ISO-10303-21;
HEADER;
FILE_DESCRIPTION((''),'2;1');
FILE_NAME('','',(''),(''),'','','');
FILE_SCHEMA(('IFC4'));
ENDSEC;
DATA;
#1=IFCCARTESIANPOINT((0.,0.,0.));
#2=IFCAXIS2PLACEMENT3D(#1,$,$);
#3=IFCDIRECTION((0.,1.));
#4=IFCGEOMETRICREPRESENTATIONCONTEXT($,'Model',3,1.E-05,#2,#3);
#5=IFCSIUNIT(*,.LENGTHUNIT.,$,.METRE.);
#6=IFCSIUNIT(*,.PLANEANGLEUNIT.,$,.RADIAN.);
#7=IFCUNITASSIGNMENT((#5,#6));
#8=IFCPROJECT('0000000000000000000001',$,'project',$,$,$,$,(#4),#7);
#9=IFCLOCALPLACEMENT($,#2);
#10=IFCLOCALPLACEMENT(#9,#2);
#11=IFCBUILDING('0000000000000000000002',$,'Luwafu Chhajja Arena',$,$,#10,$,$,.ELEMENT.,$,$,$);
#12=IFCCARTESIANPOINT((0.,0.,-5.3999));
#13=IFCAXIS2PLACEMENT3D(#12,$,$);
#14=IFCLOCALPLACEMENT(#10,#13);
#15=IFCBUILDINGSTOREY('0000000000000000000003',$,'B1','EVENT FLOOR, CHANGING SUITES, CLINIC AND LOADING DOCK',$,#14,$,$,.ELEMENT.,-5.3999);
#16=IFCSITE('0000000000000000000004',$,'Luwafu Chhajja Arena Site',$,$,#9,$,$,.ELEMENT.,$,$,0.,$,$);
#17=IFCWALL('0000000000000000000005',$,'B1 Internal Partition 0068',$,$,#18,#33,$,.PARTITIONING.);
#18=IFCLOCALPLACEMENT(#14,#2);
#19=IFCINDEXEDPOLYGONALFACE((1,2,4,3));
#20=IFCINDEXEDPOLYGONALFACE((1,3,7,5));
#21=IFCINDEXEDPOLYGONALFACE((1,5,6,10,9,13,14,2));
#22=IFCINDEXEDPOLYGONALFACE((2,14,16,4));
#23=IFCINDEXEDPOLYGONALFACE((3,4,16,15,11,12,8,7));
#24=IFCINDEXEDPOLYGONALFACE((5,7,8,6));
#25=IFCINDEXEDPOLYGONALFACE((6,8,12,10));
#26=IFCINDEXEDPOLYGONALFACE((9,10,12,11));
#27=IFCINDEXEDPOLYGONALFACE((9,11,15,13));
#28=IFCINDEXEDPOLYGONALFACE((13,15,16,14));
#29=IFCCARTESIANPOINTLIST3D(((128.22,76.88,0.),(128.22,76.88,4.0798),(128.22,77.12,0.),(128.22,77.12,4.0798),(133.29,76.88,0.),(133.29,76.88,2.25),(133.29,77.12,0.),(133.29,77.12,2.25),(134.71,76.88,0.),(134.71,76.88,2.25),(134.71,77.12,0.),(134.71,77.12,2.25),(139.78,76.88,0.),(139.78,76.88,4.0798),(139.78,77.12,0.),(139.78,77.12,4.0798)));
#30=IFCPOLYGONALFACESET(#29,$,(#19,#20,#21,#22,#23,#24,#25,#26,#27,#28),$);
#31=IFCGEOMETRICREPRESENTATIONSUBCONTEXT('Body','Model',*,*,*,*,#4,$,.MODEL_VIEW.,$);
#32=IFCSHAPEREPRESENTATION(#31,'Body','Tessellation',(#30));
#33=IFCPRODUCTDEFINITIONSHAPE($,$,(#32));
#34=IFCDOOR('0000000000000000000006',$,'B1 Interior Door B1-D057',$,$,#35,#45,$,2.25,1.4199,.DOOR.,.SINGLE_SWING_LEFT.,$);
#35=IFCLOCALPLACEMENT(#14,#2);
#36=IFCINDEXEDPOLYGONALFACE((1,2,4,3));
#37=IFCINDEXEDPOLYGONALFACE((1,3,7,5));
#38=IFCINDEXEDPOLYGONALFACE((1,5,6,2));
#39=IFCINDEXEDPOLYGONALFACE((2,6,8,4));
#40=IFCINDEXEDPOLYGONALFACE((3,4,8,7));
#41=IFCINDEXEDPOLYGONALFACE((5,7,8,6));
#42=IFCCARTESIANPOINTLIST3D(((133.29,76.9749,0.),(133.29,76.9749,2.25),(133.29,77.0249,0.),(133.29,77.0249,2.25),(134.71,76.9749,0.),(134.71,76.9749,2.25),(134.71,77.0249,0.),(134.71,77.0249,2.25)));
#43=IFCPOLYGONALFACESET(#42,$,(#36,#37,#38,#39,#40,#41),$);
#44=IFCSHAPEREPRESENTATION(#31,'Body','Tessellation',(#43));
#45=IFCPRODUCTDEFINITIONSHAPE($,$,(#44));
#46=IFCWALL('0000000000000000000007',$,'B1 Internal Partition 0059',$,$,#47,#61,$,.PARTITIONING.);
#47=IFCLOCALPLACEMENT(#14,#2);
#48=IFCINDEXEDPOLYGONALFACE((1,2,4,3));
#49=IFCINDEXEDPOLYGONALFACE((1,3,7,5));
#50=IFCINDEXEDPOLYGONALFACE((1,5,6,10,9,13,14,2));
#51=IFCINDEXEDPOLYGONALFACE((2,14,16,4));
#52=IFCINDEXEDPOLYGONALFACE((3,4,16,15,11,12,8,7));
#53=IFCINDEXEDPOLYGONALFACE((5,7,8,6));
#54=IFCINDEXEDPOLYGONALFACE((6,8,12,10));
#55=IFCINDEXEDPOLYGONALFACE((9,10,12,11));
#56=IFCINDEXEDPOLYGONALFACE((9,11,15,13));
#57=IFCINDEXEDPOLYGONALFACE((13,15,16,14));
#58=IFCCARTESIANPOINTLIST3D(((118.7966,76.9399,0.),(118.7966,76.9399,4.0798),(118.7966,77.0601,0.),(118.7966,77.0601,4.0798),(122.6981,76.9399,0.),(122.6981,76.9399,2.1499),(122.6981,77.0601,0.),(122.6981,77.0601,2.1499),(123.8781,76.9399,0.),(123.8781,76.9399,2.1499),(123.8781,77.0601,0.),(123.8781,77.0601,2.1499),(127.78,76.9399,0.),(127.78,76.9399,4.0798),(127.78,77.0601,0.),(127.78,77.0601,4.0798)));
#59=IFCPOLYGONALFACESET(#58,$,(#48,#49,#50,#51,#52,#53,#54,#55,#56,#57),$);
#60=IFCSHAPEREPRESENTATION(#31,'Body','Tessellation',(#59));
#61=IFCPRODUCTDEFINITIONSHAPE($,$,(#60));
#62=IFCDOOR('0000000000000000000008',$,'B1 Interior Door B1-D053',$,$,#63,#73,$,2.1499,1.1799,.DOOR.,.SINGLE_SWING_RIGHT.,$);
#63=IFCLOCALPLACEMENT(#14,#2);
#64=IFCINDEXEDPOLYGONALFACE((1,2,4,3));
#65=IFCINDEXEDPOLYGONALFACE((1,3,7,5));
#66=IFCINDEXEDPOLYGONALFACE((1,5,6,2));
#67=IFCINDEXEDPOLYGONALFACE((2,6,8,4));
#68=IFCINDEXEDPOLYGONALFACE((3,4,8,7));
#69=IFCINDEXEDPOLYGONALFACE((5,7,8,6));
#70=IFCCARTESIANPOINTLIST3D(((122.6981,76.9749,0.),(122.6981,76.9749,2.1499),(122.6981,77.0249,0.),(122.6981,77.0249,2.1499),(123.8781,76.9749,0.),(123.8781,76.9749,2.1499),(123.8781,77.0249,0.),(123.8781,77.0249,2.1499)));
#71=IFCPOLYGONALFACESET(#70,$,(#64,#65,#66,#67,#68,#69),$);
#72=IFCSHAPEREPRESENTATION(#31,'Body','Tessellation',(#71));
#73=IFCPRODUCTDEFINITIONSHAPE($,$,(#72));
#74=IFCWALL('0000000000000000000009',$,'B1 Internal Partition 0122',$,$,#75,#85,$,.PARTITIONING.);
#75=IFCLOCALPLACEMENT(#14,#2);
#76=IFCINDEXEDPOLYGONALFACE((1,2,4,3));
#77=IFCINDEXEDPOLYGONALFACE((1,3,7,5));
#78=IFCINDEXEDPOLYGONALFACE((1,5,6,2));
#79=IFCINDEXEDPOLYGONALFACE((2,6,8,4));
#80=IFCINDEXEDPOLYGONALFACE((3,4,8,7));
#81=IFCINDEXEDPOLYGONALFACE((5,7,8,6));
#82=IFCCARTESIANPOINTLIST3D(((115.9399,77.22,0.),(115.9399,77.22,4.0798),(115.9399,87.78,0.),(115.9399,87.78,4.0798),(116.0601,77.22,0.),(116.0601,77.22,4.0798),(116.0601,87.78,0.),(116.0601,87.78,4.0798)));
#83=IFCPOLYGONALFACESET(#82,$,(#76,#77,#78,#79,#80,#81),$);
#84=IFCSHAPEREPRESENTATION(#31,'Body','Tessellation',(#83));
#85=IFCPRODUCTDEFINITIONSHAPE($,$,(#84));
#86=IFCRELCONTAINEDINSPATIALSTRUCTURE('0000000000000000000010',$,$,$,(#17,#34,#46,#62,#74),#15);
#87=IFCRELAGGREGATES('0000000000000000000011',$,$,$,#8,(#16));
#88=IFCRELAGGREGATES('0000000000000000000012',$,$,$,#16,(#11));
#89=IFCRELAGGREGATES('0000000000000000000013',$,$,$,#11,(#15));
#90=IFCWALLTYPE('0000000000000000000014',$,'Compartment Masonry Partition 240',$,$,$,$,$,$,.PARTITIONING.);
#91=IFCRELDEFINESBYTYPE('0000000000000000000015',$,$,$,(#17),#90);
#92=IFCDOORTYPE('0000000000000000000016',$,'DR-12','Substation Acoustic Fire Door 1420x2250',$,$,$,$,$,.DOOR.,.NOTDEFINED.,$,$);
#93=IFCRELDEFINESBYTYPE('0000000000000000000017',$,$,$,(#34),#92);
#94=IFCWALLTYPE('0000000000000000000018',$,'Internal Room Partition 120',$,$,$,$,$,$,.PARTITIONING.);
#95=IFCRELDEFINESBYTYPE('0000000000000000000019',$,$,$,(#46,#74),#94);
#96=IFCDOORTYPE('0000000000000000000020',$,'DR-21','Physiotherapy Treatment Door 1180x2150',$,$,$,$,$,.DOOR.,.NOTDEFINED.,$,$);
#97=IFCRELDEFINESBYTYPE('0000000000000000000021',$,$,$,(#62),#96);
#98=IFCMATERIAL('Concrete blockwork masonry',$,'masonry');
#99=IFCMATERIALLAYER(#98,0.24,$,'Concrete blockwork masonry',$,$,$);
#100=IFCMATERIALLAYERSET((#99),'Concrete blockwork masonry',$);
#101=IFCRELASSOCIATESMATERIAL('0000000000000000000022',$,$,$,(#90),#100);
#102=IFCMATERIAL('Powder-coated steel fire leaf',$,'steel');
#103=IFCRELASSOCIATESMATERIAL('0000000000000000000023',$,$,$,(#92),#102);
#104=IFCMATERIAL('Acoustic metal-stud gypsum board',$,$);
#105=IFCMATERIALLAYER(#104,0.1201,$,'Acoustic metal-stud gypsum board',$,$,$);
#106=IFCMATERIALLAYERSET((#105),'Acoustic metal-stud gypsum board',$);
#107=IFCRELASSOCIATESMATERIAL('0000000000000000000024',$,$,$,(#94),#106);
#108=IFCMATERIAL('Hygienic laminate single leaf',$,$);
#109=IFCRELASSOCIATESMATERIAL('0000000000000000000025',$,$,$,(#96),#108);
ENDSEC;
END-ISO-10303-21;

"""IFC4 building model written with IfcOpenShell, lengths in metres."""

from ifc_helpers import new_model, si_unit, direction, frame, frame_2d, origin, place, context, subcontext, project, spatial, rectangle, extrude, material, layer, layer_set, type_object, element, fill, save


model = new_model("IFC4")

# Units and contexts
model_context = context("Model", 3, precision=1e-05, world=origin(), true_north=direction((0.0, 1.0)))
body_context = subcontext(model_context, "Body", "Model", "MODEL_VIEW")
ifc_project = project(units=[si_unit("LENGTHUNIT", "METRE"), si_unit("PLANEANGLEUNIT", "RADIAN")], contexts=[model_context])

# Site, building, storey
site_placement = place(None, origin())
site = spatial("IfcSite", under=ifc_project, at=site_placement, Name="Luwafu Chhajja Arena Site", CompositionType="ELEMENT", RefElevation=0.0)
building_placement = place(site_placement, origin())
building = spatial("IfcBuilding", under=site, at=building_placement, Name="Luwafu Chhajja Arena", CompositionType="ELEMENT")
storey_placement = place(building_placement, frame((0.0, 0.0, -5.3999)))
storey = spatial("IfcBuildingStorey", under=building, at=storey_placement, Name="B1", Description="EVENT FLOOR, CHANGING SUITES, CLINIC AND LOADING DOCK", CompositionType="ELEMENT", Elevation=-5.3999)

# Walls, openings, doors
ifc_material_1 = material(Name="Concrete blockwork masonry", Category="masonry")
ifc_layer_1 = layer(ifc_material_1, 0.24, Name="Concrete blockwork masonry")
ifc_layer_set_1 = layer_set([ifc_layer_1], Name="Concrete blockwork masonry")
wall_type_1 = type_object("IfcWallType", Name="Compartment Masonry Partition 240", PredefinedType="PARTITIONING", material=ifc_layer_set_1)
wall_1_placement = place(storey_placement, frame((128.22, 77.0, 0.0), z_axis=(0.0, 0.0, 1.0), x_axis=(1.0, 0.0, 0.0)))
wall_1 = element("IfcWall", 1, at=wall_1_placement, inside=storey, type_object=wall_type_1, Name="B1 Internal Partition 0068", PredefinedType="PARTITIONING", context=body_context, shape_type="SweptSolid", body=[
    extrude(rectangle(XDim=11.5601, YDim=0.24, at=frame_2d((5.78, 0.0))), origin(), (0.0, 0.0, 1.0), 4.0798),
])
opening_1_placement = place(wall_1_placement, frame((5.0701, 0.0, 0.0)))
opening_1 = element("IfcOpeningElement", 2, at=opening_1_placement, cuts=wall_1, PredefinedType="OPENING", context=body_context, shape_type="SweptSolid", body=[
    extrude(rectangle(XDim=1.4199, YDim=2.25, at=frame_2d((0.71, 1.125))), frame((0.0, 0.1299, 0.0), z_axis=(0.0, -1.0, 0.0), x_axis=(1.0, 0.0, 0.0)), (0.0, 0.0, 1.0), 0.26),
])
ifc_material_2 = material(Name="Powder-coated steel fire leaf", Category="steel")
door_type_1 = type_object("IfcDoorType", Name="DR-12", Description="Substation Acoustic Fire Door 1420x2250", OperationType="NOTDEFINED", PredefinedType="DOOR", material=ifc_material_2)
door_1_placement = place(opening_1_placement, origin())
door_1 = element("IfcDoor", 3, at=door_1_placement, inside=storey, type_object=door_type_1, Name="B1 Interior Door B1-D057", OperationType="SINGLE_SWING_LEFT", OverallHeight=2.25, OverallWidth=1.4199, PredefinedType="DOOR", context=body_context, shape_type="SweptSolid", body=[
    extrude(rectangle(XDim=1.4199, YDim=2.25, at=frame_2d((0.71, 1.125))), frame((0.0, 0.0249, 0.0), z_axis=(0.0, -1.0, 0.0), x_axis=(1.0, 0.0, 0.0)), (0.0, 0.0, 1.0), 0.05),
])
fill(opening_1, door_1)
ifc_material_3 = material(Name="Acoustic metal-stud gypsum board")
ifc_layer_2 = layer(ifc_material_3, 0.1201, Name="Acoustic metal-stud gypsum board")
ifc_layer_set_2 = layer_set([ifc_layer_2], Name="Acoustic metal-stud gypsum board")
wall_type_2 = type_object("IfcWallType", Name="Internal Room Partition 120", PredefinedType="PARTITIONING", material=ifc_layer_set_2)
wall_2_placement = place(storey_placement, frame((118.7966, 77.0, 0.0), z_axis=(0.0, 0.0, 1.0), x_axis=(1.0, 0.0, 0.0)))
wall_2 = element("IfcWall", 4, at=wall_2_placement, inside=storey, type_object=wall_type_2, Name="B1 Internal Partition 0059", PredefinedType="PARTITIONING", context=body_context, shape_type="SweptSolid", body=[
    extrude(rectangle(XDim=8.9834, YDim=0.1201, at=frame_2d((4.4917, 0.0))), origin(), (0.0, 0.0, 1.0), 4.0798),
])
opening_2_placement = place(wall_2_placement, frame((3.9016, 0.0, 0.0)))
opening_2 = element("IfcOpeningElement", 5, at=opening_2_placement, cuts=wall_2, PredefinedType="OPENING", context=body_context, shape_type="SweptSolid", body=[
    extrude(rectangle(XDim=1.1799, YDim=2.1499, at=frame_2d((0.5898, 1.075))), frame((0.0, 0.0701, 0.0), z_axis=(0.0, -1.0, 0.0), x_axis=(1.0, 0.0, 0.0)), (0.0, 0.0, 1.0), 0.1401),
])
ifc_material_4 = material(Name="Hygienic laminate single leaf")
door_type_2 = type_object("IfcDoorType", Name="DR-21", Description="Physiotherapy Treatment Door 1180x2150", OperationType="NOTDEFINED", PredefinedType="DOOR", material=ifc_material_4)
door_2_placement = place(opening_2_placement, origin())
door_2 = element("IfcDoor", 6, at=door_2_placement, inside=storey, type_object=door_type_2, Name="B1 Interior Door B1-D053", OperationType="SINGLE_SWING_RIGHT", OverallHeight=2.1499, OverallWidth=1.1799, PredefinedType="DOOR", context=body_context, shape_type="SweptSolid", body=[
    extrude(rectangle(XDim=1.1799, YDim=2.1499, at=frame_2d((0.5898, 1.075))), frame((0.0, 0.0249, 0.0), z_axis=(0.0, -1.0, 0.0), x_axis=(1.0, 0.0, 0.0)), (0.0, 0.0, 1.0), 0.05),
])
fill(opening_2, door_2)

# Wall
wall_3_placement = place(storey_placement, frame((116.0, 77.22, 0.0), z_axis=(0.0, 0.0, 1.0), x_axis=(0.0, 1.0, 0.0)))
element("IfcWall", 7, at=wall_3_placement, inside=storey, type_object=wall_type_2, Name="B1 Internal Partition 0122", PredefinedType="PARTITIONING", context=body_context, shape_type="SweptSolid", body=[
    extrude(rectangle(XDim=10.5601, YDim=0.1201, at=frame_2d((5.28, 0.0))), origin(), (0.0, 0.0, 1.0), 4.0798),
])

save(model, "model.ifc")
